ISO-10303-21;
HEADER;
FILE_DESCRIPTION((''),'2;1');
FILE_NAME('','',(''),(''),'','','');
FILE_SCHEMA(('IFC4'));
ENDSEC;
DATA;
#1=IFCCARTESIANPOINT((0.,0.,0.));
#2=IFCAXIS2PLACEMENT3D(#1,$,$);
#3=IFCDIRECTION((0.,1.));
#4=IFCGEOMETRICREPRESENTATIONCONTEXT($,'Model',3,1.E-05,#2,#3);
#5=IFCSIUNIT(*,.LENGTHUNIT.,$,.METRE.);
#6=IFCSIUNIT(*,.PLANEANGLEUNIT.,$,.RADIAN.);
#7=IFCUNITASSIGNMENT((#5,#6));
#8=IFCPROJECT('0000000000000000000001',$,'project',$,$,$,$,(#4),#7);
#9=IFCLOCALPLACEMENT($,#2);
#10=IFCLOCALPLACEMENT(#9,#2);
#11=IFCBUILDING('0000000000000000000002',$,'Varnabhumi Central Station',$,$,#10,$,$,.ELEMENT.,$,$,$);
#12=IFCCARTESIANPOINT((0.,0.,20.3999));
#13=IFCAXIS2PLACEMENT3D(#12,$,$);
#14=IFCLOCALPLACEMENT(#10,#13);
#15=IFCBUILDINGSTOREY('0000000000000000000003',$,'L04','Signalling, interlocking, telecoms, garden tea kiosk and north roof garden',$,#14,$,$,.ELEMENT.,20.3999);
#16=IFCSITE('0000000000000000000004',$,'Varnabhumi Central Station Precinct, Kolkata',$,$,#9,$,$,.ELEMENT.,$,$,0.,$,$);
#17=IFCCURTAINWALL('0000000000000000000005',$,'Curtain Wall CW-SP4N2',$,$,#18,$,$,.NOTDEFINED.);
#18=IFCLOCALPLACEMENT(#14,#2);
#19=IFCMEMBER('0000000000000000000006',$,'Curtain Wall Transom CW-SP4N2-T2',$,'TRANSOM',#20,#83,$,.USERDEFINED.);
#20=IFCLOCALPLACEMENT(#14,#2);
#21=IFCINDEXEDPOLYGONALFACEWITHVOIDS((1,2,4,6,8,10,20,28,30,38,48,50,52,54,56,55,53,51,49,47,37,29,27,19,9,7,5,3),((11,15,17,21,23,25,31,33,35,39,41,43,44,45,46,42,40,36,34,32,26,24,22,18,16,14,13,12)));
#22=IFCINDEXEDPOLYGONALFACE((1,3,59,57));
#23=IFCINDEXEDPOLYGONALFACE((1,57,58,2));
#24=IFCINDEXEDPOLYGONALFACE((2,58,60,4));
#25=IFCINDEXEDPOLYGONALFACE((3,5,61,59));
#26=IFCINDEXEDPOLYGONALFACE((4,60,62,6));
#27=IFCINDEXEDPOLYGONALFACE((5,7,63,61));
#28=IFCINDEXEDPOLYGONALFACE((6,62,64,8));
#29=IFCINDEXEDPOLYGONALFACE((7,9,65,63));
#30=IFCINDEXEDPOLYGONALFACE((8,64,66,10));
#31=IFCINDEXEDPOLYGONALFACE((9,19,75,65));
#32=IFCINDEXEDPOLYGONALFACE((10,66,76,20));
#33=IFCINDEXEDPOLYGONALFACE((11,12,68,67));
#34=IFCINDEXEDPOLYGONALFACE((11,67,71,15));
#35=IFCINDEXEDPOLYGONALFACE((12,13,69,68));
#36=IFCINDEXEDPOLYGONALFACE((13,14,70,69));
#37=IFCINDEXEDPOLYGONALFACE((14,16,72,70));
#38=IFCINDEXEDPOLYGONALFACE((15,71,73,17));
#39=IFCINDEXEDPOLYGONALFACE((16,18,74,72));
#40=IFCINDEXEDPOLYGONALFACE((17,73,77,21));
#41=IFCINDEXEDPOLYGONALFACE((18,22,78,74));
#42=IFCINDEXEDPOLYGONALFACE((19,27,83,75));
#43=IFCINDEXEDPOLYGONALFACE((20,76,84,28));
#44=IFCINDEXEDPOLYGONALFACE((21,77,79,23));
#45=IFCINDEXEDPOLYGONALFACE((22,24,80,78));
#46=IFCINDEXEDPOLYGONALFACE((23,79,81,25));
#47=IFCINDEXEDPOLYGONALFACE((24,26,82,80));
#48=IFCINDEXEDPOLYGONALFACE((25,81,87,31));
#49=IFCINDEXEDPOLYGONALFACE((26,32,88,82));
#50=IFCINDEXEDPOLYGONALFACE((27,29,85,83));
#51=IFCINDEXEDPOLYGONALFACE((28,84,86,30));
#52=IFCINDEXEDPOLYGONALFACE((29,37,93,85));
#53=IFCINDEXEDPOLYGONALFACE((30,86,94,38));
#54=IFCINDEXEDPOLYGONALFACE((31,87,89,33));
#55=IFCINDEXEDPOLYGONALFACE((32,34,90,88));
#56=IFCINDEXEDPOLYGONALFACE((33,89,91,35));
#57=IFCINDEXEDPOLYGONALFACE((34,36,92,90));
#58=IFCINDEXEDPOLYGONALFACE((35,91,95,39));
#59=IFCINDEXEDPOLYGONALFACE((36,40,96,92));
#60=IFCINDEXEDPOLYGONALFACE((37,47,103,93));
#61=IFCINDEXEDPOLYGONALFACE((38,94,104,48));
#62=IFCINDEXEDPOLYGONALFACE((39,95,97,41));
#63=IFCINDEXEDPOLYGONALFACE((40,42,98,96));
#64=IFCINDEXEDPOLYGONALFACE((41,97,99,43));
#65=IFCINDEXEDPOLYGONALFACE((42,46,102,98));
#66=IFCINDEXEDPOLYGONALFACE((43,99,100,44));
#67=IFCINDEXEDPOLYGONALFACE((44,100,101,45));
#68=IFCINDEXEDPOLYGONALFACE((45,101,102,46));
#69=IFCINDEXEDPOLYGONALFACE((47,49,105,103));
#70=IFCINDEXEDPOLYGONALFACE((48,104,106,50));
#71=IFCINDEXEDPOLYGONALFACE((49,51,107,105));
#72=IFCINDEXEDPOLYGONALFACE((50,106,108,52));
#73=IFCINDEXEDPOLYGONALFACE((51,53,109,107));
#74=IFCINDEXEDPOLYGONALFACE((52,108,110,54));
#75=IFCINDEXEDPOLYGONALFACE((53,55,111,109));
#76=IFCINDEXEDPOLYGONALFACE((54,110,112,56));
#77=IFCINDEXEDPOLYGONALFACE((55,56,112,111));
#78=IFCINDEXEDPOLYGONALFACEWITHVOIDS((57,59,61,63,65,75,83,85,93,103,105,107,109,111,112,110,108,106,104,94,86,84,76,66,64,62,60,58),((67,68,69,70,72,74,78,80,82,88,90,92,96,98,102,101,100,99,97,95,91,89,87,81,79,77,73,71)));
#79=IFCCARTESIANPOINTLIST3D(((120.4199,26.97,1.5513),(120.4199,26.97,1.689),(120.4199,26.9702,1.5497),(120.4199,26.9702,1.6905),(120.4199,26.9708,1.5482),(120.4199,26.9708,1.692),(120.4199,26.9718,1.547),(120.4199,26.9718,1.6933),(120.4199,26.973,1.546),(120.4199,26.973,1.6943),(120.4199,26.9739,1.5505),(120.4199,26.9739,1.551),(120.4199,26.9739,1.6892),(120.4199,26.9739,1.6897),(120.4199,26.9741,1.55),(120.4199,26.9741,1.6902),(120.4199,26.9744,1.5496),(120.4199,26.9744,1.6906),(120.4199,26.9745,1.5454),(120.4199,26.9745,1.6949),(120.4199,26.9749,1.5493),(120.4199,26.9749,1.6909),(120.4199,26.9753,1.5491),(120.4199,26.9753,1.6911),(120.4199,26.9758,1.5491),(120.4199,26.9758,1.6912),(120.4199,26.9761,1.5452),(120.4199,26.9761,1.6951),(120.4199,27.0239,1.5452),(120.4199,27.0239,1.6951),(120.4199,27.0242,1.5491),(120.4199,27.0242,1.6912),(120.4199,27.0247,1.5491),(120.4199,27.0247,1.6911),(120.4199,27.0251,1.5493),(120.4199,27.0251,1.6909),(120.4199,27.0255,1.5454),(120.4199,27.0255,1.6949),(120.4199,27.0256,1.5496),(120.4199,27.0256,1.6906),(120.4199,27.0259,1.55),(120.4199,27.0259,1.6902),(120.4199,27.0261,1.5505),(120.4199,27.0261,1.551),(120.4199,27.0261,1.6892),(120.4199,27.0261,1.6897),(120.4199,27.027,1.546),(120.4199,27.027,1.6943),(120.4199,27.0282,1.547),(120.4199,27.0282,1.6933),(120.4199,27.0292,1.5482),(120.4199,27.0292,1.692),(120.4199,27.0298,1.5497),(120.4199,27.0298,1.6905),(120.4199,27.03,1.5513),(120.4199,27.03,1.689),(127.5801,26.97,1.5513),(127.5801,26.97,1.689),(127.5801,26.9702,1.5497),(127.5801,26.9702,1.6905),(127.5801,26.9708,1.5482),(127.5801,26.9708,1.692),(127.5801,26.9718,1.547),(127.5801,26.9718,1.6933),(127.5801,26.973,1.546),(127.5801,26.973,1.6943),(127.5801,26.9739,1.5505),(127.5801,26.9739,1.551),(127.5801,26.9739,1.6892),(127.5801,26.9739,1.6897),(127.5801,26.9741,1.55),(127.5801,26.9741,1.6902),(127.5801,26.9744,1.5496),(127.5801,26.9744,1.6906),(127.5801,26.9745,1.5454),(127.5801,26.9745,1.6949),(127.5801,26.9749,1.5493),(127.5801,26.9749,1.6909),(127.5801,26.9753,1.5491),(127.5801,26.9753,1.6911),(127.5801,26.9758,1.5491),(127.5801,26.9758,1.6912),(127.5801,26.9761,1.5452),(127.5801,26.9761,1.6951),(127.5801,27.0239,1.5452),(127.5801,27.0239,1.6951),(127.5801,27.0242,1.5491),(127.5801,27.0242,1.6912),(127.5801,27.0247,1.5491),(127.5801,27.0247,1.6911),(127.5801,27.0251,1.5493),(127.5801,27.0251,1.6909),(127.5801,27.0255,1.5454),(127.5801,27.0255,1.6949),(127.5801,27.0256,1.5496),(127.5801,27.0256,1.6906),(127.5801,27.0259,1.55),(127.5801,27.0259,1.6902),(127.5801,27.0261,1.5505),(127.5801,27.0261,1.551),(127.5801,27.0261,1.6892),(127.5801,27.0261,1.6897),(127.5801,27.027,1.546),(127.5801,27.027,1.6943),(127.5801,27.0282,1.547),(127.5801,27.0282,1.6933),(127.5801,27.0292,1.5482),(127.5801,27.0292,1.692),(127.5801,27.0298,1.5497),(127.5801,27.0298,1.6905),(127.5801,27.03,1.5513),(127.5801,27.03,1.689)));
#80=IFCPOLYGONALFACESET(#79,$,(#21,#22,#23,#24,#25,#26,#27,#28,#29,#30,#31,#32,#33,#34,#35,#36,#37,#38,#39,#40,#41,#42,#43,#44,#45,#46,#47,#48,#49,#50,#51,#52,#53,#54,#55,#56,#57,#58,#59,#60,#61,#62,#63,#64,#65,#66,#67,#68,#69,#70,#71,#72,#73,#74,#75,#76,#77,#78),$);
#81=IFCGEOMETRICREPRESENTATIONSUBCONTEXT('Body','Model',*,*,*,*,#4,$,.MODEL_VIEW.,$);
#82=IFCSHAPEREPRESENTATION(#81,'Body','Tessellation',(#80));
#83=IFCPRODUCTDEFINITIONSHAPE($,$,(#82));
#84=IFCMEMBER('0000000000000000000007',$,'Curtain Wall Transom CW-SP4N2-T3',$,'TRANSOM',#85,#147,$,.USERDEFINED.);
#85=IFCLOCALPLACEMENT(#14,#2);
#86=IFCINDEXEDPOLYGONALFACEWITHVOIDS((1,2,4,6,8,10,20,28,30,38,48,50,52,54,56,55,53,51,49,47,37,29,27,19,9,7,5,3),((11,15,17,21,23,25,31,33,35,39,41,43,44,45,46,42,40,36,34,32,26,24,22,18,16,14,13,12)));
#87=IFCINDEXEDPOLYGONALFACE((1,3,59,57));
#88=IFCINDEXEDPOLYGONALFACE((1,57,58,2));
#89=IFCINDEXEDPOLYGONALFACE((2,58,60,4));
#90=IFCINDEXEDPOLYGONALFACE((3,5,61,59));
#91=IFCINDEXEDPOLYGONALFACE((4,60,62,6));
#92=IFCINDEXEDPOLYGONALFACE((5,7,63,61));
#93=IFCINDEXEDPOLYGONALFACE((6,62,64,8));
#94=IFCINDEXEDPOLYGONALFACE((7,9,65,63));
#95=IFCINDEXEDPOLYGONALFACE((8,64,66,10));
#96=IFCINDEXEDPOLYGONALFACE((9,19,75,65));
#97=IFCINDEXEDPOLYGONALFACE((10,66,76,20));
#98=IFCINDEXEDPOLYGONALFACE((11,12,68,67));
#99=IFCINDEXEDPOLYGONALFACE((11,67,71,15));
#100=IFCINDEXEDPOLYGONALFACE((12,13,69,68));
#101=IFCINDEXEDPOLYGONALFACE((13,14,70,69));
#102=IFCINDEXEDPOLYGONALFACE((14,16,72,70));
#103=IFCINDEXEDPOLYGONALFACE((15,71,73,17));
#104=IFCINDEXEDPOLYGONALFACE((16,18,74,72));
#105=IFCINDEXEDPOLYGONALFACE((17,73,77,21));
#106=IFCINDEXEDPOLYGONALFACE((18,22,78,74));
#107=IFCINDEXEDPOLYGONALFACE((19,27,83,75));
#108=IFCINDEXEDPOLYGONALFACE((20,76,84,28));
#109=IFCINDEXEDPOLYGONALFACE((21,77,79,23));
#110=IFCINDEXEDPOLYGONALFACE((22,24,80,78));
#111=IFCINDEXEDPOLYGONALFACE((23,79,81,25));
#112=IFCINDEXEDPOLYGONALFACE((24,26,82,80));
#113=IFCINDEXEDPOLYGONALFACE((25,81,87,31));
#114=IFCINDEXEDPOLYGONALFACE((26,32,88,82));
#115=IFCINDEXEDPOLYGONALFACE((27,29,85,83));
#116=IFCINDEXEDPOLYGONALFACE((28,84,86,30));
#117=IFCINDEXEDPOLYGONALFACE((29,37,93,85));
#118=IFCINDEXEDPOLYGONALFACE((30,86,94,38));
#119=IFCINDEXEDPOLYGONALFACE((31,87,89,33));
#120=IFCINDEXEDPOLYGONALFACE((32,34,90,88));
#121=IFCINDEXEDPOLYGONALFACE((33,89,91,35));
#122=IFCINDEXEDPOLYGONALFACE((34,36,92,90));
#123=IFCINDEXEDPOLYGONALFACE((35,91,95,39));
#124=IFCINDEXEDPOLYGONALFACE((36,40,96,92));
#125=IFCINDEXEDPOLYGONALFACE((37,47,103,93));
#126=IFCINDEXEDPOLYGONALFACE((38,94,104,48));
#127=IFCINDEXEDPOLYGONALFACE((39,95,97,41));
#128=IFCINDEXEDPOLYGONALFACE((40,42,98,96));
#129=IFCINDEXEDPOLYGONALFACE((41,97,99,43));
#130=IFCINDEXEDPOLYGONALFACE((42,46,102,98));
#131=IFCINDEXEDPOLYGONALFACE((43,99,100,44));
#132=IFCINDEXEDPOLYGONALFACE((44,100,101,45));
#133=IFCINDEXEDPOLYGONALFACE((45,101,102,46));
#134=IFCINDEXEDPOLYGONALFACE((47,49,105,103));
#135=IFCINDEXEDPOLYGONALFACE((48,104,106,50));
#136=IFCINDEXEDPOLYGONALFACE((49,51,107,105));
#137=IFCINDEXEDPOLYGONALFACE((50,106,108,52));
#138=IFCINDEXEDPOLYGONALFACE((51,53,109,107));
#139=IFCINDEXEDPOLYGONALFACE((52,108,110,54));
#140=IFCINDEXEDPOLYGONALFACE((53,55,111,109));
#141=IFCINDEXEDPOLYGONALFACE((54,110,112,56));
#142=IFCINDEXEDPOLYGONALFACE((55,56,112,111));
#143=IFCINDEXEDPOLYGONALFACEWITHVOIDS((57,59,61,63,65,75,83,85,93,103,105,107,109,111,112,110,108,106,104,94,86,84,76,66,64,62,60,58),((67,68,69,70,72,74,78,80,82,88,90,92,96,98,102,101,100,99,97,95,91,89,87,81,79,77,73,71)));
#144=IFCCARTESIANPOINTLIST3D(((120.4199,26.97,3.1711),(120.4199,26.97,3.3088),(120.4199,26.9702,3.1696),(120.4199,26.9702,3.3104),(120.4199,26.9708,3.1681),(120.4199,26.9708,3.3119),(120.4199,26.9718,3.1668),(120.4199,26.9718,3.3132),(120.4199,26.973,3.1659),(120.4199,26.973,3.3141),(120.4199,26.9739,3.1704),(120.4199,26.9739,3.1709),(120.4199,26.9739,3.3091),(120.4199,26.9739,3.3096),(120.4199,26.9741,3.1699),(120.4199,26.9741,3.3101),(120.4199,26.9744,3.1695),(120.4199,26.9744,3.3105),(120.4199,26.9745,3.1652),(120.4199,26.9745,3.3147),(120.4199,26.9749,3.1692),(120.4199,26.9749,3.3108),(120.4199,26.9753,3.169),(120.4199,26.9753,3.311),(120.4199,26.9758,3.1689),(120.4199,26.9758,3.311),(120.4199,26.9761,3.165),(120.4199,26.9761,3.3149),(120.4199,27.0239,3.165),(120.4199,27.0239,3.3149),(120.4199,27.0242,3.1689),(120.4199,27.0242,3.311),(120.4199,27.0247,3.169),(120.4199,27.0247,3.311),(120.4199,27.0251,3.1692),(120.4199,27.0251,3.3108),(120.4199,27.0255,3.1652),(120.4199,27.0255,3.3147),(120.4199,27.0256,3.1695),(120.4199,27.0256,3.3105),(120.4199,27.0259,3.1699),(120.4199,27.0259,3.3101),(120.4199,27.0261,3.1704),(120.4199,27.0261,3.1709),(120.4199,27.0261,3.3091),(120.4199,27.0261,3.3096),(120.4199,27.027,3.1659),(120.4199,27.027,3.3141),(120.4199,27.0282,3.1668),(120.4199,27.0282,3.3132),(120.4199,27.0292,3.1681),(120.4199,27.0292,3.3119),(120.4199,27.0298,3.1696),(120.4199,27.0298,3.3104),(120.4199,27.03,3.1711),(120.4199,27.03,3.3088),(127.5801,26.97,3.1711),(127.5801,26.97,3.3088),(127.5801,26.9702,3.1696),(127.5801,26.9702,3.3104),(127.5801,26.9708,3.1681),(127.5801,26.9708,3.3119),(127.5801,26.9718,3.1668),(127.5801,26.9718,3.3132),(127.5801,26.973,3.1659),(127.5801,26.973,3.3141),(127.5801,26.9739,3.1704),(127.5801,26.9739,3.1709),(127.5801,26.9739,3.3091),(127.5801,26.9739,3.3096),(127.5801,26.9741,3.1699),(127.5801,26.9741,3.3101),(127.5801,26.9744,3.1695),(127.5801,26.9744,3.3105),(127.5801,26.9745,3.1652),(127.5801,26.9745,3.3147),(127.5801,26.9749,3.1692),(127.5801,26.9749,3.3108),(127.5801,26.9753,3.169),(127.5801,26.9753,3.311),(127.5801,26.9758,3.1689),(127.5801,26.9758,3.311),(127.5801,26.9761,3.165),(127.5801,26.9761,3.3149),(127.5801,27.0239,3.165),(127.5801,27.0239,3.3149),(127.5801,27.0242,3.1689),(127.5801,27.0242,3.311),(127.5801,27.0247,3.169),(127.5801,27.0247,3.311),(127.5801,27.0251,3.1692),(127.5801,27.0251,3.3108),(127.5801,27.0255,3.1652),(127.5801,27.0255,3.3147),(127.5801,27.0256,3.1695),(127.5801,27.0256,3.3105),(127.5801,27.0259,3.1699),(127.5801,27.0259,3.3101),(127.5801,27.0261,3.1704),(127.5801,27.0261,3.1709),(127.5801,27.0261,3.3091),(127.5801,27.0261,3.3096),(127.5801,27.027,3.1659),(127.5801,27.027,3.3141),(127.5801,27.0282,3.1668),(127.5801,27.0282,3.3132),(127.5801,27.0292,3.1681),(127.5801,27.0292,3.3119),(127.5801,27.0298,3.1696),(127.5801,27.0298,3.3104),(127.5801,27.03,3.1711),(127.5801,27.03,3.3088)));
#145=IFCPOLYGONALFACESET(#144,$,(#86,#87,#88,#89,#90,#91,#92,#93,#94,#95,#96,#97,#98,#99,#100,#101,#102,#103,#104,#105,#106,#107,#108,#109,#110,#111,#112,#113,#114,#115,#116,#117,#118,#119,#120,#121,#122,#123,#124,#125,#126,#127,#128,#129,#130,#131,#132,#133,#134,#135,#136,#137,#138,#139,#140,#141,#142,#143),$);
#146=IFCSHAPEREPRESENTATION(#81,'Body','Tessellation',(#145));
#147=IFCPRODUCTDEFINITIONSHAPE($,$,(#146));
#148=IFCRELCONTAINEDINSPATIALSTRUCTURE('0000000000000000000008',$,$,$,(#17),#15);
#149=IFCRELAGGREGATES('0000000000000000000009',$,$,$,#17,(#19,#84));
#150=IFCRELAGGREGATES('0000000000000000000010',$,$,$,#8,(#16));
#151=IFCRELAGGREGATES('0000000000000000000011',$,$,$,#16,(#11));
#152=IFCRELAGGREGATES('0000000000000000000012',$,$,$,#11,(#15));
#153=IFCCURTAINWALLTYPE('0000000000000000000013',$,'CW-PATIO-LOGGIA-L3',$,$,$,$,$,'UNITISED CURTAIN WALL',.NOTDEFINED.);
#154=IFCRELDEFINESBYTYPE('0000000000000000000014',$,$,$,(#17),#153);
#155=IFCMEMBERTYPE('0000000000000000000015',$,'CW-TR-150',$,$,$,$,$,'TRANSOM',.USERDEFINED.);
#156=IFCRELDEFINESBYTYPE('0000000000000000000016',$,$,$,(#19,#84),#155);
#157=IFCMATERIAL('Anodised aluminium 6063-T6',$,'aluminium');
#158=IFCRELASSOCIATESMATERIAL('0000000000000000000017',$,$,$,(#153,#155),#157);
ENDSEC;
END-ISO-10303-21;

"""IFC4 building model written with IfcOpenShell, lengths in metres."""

from ifc_helpers import new_model, si_unit, direction, frame, origin, origin_2d, place, context, subcontext, project, spatial, hollow_rectangle, extrude, material, material_profile, profile_set, type_object, element, aggregate, save


model = new_model("IFC4")

# Units and contexts
model_context = context("Model", 3, precision=1e-05, world=origin(), true_north=direction((0.0, 1.0)))
body_context = subcontext(model_context, "Body", "Model", "MODEL_VIEW")
ifc_project = project(units=[si_unit("LENGTHUNIT", "METRE"), si_unit("PLANEANGLEUNIT", "RADIAN")], contexts=[model_context])

# Site, building, storey
site_placement = place(None, origin())
site = spatial("IfcSite", under=ifc_project, at=site_placement, Name="Varnabhumi Central Station Precinct, Kolkata", CompositionType="ELEMENT", RefElevation=0.0)
building_placement = place(site_placement, origin())
building = spatial("IfcBuilding", under=site, at=building_placement, Name="Varnabhumi Central Station", CompositionType="ELEMENT")
storey_placement = place(building_placement, frame((0.0, 0.0, 20.3999)))
storey = spatial("IfcBuildingStorey", under=building, at=storey_placement, Name="L04", Description="Signalling, interlocking, telecoms, garden tea kiosk and north roof garden", CompositionType="ELEMENT", Elevation=20.3999)

# Shared definitions
ifc_material_1 = material(Name="Anodised aluminium 6063-T6", Category="aluminium")
curtain_wall_type = type_object("IfcCurtainWallType", Name="CW-PATIO-LOGGIA-L3", ElementType="UNITISED CURTAIN WALL", PredefinedType="NOTDEFINED", material=ifc_material_1)

# Curtain wall
curtain_wall_1_placement = place(storey_placement, origin())
curtain_wall_1 = element("IfcCurtainWall", 1, at=curtain_wall_1_placement, inside=storey, type_object=curtain_wall_type, Name="Curtain Wall CW-SP4N2", PredefinedType="NOTDEFINED")

# Members
ifc_material_profile_1 = material_profile(ifc_material_1, hollow_rectangle(XDim=0.0601, YDim=0.1499, WallThickness=0.0039, InnerFilletRadius=0.002, OuterFilletRadius=0.0061, at=origin_2d()), Name="Anodised aluminium 6063-T6", Category="aluminium")
ifc_profile_set_1 = profile_set([ifc_material_profile_1], Name="Anodised aluminium 6063-T6")
member_type_1 = type_object("IfcMemberType", Name="CW-TR-150", ElementType="TRANSOM", PredefinedType="USERDEFINED", material=ifc_profile_set_1)
member_1_placement = place(storey_placement, frame((120.4199, 27.0, 1.6201), z_axis=(1.0, 0.0, 0.0), x_axis=(0.0, 1.0, 0.0)))
member_1 = element("IfcMember", 2, at=member_1_placement, type_object=member_type_1, Name="Curtain Wall Transom CW-SP4N2-T2", ObjectType="TRANSOM", PredefinedType="USERDEFINED", context=body_context, shape_type="SweptSolid", body=[
    extrude(hollow_rectangle(XDim=0.0601, YDim=0.1499, WallThickness=0.0039, InnerFilletRadius=0.002, OuterFilletRadius=0.0061, at=origin_2d()), origin(), (0.0, 0.0, 1.0), 7.1602),
])
member_2_placement = place(storey_placement, frame((120.4199, 27.0, 3.24), z_axis=(1.0, 0.0, 0.0), x_axis=(0.0, 1.0, 0.0)))
member_2 = element("IfcMember", 3, at=member_2_placement, type_object=member_type_1, Name="Curtain Wall Transom CW-SP4N2-T3", ObjectType="TRANSOM", PredefinedType="USERDEFINED", context=body_context, shape_type="SweptSolid", body=[
    extrude(hollow_rectangle(XDim=0.0601, YDim=0.1499, WallThickness=0.0039, InnerFilletRadius=0.002, OuterFilletRadius=0.0061, at=origin_2d()), origin(), (0.0, 0.0, 1.0), 7.1602),
])

aggregate(curtain_wall_1, [member_1, member_2])

save(model, "model.ifc")
